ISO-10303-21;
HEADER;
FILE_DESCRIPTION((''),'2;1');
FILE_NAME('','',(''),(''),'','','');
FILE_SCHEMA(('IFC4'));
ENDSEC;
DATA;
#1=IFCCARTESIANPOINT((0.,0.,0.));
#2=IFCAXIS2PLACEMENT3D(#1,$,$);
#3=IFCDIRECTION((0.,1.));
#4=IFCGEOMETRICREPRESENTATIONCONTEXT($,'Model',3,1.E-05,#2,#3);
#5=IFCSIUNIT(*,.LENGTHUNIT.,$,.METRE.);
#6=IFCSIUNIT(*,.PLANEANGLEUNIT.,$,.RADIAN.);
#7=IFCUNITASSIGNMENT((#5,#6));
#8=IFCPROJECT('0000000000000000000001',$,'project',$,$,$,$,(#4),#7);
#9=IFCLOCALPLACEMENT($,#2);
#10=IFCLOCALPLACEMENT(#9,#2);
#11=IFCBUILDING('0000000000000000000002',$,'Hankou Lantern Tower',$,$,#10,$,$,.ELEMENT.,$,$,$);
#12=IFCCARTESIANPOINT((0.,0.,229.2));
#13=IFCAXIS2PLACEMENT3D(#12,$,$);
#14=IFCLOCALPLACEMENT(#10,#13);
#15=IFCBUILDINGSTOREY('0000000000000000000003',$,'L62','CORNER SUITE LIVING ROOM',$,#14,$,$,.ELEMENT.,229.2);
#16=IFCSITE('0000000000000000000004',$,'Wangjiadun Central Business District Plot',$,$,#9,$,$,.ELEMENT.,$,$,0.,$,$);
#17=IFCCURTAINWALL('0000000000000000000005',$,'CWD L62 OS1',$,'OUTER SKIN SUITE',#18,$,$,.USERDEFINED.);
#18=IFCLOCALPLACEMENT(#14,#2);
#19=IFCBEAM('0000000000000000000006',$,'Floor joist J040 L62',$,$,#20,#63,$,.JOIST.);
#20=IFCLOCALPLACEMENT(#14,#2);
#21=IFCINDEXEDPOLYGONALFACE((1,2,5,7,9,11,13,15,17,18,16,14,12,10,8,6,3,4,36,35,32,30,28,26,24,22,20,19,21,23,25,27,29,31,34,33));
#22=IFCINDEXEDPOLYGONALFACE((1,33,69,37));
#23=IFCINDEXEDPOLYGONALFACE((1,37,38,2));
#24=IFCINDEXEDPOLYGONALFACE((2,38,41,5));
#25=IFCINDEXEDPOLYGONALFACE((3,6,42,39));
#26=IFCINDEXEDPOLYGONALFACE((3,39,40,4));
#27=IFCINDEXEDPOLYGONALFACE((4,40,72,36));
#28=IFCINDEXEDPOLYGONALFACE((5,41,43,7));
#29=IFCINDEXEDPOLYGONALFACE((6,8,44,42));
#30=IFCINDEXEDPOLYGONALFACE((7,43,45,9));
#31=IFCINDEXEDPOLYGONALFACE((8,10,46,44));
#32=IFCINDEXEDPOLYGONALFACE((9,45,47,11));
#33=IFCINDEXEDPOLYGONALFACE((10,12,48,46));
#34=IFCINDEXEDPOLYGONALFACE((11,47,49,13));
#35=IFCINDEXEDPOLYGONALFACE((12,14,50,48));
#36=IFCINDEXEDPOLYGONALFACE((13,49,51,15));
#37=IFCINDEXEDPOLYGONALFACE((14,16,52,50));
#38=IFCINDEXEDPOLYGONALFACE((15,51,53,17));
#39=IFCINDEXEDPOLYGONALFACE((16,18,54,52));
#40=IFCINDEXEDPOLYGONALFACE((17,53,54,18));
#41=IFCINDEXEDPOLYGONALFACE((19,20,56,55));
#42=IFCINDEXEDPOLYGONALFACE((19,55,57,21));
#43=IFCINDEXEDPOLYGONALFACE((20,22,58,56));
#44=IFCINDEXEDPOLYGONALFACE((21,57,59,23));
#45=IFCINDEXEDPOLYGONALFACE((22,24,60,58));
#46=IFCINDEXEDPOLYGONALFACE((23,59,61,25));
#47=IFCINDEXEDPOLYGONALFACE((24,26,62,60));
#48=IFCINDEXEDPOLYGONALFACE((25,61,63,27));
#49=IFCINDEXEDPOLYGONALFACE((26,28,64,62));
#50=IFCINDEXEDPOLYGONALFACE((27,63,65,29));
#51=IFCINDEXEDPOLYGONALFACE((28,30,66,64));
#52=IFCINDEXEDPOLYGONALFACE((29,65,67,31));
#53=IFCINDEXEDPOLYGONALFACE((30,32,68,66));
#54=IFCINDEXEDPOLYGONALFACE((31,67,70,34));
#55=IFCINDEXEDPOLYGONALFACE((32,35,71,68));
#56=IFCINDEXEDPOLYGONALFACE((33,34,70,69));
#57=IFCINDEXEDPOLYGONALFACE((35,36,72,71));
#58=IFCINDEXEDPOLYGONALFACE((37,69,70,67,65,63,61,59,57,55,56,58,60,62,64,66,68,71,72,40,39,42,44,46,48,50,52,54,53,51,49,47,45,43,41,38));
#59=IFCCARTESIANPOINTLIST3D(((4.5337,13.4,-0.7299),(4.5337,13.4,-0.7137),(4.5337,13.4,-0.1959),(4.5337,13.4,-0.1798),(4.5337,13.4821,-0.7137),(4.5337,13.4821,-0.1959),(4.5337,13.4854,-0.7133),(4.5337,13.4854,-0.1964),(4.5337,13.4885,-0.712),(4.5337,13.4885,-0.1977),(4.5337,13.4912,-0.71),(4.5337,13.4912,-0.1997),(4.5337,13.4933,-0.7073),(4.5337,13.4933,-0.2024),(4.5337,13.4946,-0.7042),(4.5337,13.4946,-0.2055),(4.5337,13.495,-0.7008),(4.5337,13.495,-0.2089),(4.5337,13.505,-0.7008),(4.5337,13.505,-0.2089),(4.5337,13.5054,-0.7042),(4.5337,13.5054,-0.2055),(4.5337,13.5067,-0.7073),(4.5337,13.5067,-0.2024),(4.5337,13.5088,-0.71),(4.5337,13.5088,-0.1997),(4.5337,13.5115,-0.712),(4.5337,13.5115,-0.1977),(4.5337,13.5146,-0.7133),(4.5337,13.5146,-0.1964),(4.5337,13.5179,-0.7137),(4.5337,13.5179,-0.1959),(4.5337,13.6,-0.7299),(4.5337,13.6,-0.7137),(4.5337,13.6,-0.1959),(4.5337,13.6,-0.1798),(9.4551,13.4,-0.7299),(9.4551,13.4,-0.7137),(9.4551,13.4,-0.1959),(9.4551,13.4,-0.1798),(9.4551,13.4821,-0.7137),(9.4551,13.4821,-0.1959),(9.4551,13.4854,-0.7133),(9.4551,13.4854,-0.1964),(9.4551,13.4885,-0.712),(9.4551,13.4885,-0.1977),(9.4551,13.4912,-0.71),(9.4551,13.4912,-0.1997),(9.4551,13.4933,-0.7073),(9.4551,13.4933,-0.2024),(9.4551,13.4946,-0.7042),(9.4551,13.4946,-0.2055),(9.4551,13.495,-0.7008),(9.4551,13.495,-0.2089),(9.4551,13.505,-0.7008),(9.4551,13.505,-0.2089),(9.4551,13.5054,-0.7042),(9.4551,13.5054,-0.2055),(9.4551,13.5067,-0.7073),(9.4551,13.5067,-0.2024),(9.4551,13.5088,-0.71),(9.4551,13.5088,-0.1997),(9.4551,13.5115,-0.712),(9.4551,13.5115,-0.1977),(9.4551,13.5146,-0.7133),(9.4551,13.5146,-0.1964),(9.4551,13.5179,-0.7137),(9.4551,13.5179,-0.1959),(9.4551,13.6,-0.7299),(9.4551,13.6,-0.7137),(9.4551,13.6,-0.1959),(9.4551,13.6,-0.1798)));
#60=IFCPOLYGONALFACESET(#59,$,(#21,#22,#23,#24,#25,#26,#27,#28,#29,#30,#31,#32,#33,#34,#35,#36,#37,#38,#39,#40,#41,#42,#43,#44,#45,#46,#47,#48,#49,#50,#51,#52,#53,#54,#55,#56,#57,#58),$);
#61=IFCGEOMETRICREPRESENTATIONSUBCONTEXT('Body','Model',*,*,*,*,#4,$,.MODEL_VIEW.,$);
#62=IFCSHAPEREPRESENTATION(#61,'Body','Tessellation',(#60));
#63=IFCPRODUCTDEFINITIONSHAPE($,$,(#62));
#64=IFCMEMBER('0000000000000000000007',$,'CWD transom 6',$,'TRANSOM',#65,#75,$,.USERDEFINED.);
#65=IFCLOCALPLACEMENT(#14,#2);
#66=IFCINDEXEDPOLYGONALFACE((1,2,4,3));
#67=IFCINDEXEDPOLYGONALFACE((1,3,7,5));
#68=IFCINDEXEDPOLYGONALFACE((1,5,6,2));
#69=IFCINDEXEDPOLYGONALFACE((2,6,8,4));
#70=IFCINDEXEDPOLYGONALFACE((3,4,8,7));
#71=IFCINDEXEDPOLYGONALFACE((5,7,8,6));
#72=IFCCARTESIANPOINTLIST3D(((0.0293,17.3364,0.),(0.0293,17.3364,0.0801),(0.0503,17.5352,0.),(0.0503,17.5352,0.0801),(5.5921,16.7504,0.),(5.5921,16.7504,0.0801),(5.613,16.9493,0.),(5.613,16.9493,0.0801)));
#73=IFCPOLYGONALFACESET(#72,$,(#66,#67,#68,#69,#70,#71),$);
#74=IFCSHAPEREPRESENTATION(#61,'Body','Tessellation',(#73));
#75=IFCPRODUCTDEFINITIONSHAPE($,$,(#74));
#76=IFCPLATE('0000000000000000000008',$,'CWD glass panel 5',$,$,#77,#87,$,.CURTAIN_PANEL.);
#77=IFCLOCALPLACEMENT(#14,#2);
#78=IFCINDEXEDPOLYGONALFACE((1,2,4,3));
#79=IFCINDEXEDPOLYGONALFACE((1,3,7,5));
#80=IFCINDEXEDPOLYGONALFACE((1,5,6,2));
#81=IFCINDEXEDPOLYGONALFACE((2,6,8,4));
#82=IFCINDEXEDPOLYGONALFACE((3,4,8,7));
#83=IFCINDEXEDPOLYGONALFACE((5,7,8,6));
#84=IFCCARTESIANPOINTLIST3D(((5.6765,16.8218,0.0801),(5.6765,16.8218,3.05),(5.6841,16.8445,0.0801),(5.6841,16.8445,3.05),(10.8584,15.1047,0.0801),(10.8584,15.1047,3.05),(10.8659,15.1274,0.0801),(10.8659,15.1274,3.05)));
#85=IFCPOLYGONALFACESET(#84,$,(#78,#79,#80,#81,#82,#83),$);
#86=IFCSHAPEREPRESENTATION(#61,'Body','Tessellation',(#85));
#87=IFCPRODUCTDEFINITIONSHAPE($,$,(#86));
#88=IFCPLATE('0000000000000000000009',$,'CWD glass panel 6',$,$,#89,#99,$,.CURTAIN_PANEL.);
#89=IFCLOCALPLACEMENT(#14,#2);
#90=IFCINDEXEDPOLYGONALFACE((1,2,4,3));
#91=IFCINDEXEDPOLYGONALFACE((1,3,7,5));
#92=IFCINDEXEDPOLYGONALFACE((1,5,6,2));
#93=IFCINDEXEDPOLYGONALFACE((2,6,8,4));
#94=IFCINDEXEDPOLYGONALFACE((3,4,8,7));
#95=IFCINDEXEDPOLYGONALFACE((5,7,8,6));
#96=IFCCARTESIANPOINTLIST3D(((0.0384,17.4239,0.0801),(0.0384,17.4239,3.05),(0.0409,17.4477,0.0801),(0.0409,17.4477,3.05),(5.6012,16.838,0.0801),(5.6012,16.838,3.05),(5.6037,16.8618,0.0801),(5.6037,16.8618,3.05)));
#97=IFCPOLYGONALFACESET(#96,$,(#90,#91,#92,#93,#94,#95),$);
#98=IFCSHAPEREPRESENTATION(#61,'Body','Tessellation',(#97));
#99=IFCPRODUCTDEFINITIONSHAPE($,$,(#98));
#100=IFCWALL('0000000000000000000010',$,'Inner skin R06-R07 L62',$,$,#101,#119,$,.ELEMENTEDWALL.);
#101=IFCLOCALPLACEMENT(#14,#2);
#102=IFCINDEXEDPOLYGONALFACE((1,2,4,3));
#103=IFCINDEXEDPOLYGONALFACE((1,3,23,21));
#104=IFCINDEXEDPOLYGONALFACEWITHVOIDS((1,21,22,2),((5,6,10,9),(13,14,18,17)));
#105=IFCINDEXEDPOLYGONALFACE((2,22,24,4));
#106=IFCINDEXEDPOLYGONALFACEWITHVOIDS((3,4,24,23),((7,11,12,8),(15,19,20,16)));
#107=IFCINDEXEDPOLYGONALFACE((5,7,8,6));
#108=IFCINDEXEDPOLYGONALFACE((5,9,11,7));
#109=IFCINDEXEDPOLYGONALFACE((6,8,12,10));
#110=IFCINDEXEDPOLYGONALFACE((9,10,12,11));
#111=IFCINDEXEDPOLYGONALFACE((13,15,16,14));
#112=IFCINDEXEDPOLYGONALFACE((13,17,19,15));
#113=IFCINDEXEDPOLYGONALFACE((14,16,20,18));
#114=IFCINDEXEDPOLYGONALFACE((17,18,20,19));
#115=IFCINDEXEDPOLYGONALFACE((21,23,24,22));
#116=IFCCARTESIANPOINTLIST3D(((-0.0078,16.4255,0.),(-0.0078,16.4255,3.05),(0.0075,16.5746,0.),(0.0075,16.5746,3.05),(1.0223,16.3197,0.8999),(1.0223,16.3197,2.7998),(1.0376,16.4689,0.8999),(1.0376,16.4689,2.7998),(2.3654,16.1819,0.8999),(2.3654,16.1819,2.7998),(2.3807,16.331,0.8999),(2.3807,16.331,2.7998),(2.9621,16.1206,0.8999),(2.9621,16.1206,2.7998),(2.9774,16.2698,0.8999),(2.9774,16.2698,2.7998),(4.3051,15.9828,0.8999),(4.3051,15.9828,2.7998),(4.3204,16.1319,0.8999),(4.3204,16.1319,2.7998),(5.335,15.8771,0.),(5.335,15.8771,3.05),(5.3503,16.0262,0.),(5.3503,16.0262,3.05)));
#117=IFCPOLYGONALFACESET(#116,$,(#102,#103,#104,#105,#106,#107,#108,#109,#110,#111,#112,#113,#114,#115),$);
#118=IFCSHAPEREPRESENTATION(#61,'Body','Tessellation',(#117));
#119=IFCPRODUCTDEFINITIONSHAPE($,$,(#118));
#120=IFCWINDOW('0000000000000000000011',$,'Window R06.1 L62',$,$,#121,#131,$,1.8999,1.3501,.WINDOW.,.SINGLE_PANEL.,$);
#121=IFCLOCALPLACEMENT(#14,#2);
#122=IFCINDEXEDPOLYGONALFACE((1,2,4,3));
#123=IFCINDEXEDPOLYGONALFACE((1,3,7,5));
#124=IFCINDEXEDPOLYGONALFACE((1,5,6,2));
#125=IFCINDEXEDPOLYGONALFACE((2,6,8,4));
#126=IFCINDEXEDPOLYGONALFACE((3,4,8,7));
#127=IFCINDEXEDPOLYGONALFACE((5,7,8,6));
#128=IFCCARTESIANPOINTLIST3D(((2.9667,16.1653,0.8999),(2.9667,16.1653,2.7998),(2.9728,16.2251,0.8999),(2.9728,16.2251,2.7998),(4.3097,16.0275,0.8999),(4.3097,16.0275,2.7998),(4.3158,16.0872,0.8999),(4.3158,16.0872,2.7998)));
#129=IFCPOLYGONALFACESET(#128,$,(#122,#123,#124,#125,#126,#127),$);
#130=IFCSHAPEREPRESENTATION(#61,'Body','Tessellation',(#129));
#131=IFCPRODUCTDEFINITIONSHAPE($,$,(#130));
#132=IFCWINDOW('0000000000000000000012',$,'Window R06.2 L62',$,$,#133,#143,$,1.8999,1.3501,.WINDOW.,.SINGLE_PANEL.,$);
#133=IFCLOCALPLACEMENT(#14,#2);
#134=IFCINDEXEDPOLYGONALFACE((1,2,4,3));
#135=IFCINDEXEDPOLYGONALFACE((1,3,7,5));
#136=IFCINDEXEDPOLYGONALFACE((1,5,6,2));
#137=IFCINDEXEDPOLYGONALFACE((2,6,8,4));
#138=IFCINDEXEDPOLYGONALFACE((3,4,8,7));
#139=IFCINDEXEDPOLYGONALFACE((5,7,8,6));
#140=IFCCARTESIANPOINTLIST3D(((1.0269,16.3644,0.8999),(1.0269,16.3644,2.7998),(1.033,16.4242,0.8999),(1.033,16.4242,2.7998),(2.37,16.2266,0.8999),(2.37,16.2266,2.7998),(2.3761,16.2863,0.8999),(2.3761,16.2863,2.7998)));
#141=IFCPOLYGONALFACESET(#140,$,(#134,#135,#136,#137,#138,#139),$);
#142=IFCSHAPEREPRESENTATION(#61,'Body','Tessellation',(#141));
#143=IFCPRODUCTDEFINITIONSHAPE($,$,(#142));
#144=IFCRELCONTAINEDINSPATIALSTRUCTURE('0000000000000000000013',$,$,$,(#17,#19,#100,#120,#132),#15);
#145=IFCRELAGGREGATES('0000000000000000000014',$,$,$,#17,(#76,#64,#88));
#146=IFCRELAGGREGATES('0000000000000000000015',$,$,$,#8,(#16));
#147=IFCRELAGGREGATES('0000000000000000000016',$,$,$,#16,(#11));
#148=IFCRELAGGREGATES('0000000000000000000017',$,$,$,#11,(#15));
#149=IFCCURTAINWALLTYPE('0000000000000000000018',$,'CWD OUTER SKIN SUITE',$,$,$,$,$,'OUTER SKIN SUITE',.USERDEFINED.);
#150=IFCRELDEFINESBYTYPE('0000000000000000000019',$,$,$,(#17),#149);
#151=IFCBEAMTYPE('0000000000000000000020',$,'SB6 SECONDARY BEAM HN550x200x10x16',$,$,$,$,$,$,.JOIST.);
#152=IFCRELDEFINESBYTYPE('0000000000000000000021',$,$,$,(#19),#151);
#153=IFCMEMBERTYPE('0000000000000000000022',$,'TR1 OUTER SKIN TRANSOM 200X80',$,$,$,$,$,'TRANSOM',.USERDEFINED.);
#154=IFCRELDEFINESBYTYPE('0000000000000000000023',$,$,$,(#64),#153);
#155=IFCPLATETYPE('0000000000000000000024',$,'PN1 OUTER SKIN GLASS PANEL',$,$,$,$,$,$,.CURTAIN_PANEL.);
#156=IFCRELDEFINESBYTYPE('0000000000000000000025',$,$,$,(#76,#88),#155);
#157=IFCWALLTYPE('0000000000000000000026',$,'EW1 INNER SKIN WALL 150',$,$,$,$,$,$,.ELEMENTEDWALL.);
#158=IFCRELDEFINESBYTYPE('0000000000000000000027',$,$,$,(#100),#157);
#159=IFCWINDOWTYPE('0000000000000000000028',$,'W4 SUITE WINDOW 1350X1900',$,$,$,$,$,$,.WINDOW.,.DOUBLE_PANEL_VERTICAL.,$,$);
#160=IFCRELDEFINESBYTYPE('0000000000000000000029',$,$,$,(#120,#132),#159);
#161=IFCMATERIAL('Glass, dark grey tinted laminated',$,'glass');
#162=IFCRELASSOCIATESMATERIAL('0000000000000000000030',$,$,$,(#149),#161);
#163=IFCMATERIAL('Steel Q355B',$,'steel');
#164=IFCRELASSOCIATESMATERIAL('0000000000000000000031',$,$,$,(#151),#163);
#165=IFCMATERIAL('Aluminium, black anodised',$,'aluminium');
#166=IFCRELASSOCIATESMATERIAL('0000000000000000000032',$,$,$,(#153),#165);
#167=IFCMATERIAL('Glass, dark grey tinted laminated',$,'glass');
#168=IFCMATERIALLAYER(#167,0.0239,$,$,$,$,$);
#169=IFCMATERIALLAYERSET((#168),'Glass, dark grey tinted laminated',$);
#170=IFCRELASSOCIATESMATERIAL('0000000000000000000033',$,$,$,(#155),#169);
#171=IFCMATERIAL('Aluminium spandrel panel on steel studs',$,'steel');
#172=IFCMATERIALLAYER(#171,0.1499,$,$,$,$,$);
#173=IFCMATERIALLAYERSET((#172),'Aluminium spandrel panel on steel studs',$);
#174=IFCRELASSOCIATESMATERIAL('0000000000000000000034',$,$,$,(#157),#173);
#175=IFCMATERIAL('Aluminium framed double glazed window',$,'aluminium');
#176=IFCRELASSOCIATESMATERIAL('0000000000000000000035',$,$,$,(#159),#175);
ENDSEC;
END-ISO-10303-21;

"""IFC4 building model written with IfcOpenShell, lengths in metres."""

from ifc_helpers import new_model, si_unit, direction, frame, frame_2d, origin, origin_2d, place, context, subcontext, project, spatial, rectangle, i_section, extrude, material, layer, layer_set, material_profile, profile_set, type_object, element, fill, aggregate, save


model = new_model("IFC4")

# Units and contexts
model_context = context("Model", 3, precision=1e-05, world=origin(), true_north=direction((0.0, 1.0)))
body_context = subcontext(model_context, "Body", "Model", "MODEL_VIEW")
ifc_project = project(units=[si_unit("LENGTHUNIT", "METRE"), si_unit("PLANEANGLEUNIT", "RADIAN")], contexts=[model_context])

# Site, building, storey
site_placement = place(None, origin())
site = spatial("IfcSite", under=ifc_project, at=site_placement, Name="Wangjiadun Central Business District Plot", CompositionType="ELEMENT", RefElevation=0.0)
building_placement = place(site_placement, origin())
building = spatial("IfcBuilding", under=site, at=building_placement, Name="Hankou Lantern Tower", CompositionType="ELEMENT")
storey_placement = place(building_placement, frame((0.0, 0.0, 229.2)))
storey = spatial("IfcBuildingStorey", under=building, at=storey_placement, Name="L62", Description="CORNER SUITE LIVING ROOM", CompositionType="ELEMENT", Elevation=229.2)

# Curtain wall
ifc_material_1 = material(Name="Glass, dark grey tinted laminated", Category="glass")
curtain_wall_type = type_object("IfcCurtainWallType", Name="CWD OUTER SKIN SUITE", ElementType="OUTER SKIN SUITE", PredefinedType="USERDEFINED", material=ifc_material_1)
curtain_wall_1_placement = place(storey_placement, origin())
curtain_wall_1 = element("IfcCurtainWall", 1, at=curtain_wall_1_placement, inside=storey, type_object=curtain_wall_type, Name="CWD L62 OS1", ObjectType="OUTER SKIN SUITE", PredefinedType="USERDEFINED")

# Beam
ifc_material_2 = material(Name="Steel Q355B", Category="steel")
ifc_material_profile_1 = material_profile(ifc_material_2, i_section(OverallWidth=0.2, OverallDepth=0.55, WebThickness=0.01, FlangeThickness=0.0161, FilletRadius=0.0129, at=origin_2d()), Name="HN550x200x10x16")
ifc_profile_set_1 = profile_set([ifc_material_profile_1], Name="Steel Q355B")
beam_type_1 = type_object("IfcBeamType", Name="SB6 SECONDARY BEAM HN550x200x10x16", PredefinedType="JOIST", material=ifc_profile_set_1)
beam_1_placement = place(storey_placement, frame((4.5337, 13.5, -0.4548), z_axis=(1.0, 0.0, 0.0), x_axis=(0.0, 1.0, 0.0)))
element("IfcBeam", 2, at=beam_1_placement, inside=storey, type_object=beam_type_1, Name="Floor joist J040 L62", PredefinedType="JOIST", context=body_context, shape_type="SweptSolid", body=[
    extrude(i_section(OverallWidth=0.2, OverallDepth=0.55, WebThickness=0.01, FlangeThickness=0.0161, FilletRadius=0.0129, at=origin_2d()), origin(), (0.0, 0.0, 1.0), 4.9214),
])

# Member
ifc_material_3 = material(Name="Aluminium, black anodised", Category="aluminium")
ifc_material_profile_2 = material_profile(ifc_material_3, rectangle(XDim=0.2, YDim=0.0801, at=origin_2d()), Name="TR1 200X80")
ifc_profile_set_2 = profile_set([ifc_material_profile_2], Name="Aluminium, black anodised")
member_type_1 = type_object("IfcMemberType", Name="TR1 OUTER SKIN TRANSOM 200X80", ElementType="TRANSOM", PredefinedType="USERDEFINED", material=ifc_profile_set_2)
member_1_placement = place(storey_placement, frame((5.6025, 16.8499, 0.04), z_axis=(-0.994498, 0.104753, 0.0), x_axis=(-0.104753, -0.994498, 0.0)))
member_1 = element("IfcMember", 3, at=member_1_placement, type_object=member_type_1, Name="CWD transom 6", ObjectType="TRANSOM", PredefinedType="USERDEFINED", context=body_context, shape_type="SweptSolid", body=[
    extrude(rectangle(XDim=0.2, YDim=0.0801, at=origin_2d()), origin(), (0.0, 0.0, 1.0), 5.5935),
])

# Plates
ifc_material_4 = material(Name="Glass, dark grey tinted laminated", Category="glass")
ifc_layer_1 = layer(ifc_material_4, 0.0239)
ifc_layer_set_1 = layer_set([ifc_layer_1], Name="Glass, dark grey tinted laminated")
plate_type = type_object("IfcPlateType", Name="PN1 OUTER SKIN GLASS PANEL", PredefinedType="CURTAIN_PANEL", material=ifc_layer_set_1)
plate_1_placement = place(storey_placement, frame((8.2712, 15.9746, 0.0801), z_axis=(0.0, 0.0, 1.0), x_axis=(-0.949241, 0.314551, 0.0)))
plate_1 = element("IfcPlate", 4, at=plate_1_placement, type_object=plate_type, Name="CWD glass panel 5", PredefinedType="CURTAIN_PANEL", context=body_context, shape_type="SweptSolid", body=[
    extrude(rectangle(XDim=5.459, YDim=0.0239, at=origin_2d()), origin(), (0.0, 0.0, 1.0), 2.97),
])
plate_2_placement = place(storey_placement, frame((2.821, 17.1428, 0.0801), z_axis=(0.0, 0.0, 1.0), x_axis=(-0.994499, 0.104743, 0.0)))
plate_2 = element("IfcPlate", 5, at=plate_2_placement, type_object=plate_type, Name="CWD glass panel 6", PredefinedType="CURTAIN_PANEL", context=body_context, shape_type="SweptSolid", body=[
    extrude(rectangle(XDim=5.5935, YDim=0.0239, at=origin_2d()), origin(), (0.0, 0.0, 1.0), 2.97),
])
aggregate(curtain_wall_1, [plate_1, member_1, plate_2])

# Wall, openings, windows
ifc_material_5 = material(Name="Aluminium spandrel panel on steel studs", Category="steel")
ifc_layer_2 = layer(ifc_material_5, 0.1499)
ifc_layer_set_2 = layer_set([ifc_layer_2], Name="Aluminium spandrel panel on steel studs")
wall_type_1 = type_object("IfcWallType", Name="EW1 INNER SKIN WALL 150", PredefinedType="ELEMENTEDWALL", material=ifc_layer_set_2)
wall_1_placement = place(storey_placement, frame((5.3428, 15.9517, 0.0), z_axis=(0.0, 0.0, 1.0), x_axis=(-0.994775, 0.102096, 0.0)))
wall_1 = element("IfcWall", 6, at=wall_1_placement, inside=storey, type_object=wall_type_1, Name="Inner skin R06-R07 L62", PredefinedType="ELEMENTEDWALL", context=body_context, shape_type="SweptSolid", body=[
    extrude(rectangle(XDim=5.3708, YDim=0.1499, at=frame_2d((2.6855, 0.0))), origin(), (0.0, 0.0, 1.0), 3.05),
])
opening_1_placement = place(wall_1_placement, frame((1.0354, 0.0, 0.8999)))
opening_1 = element("IfcOpeningElement", 7, at=opening_1_placement, cuts=wall_1, PredefinedType="OPENING", context=body_context, shape_type="SweptSolid", body=[
    extrude(rectangle(XDim=1.3501, YDim=1.8999, at=frame_2d((0.675, 0.95))), frame((0.0, 0.085, 0.0), z_axis=(0.0, -1.0, 0.0), x_axis=(1.0, 0.0, 0.0)), (0.0, 0.0, 1.0), 0.1699),
])
opening_2_placement = place(wall_1_placement, frame((2.9854, 0.0, 0.8999)))
opening_2 = element("IfcOpeningElement", 8, at=opening_2_placement, cuts=wall_1, PredefinedType="OPENING", context=body_context, shape_type="SweptSolid", body=[
    extrude(rectangle(XDim=1.3501, YDim=1.8999, at=frame_2d((0.675, 0.95))), frame((0.0, 0.085, 0.0), z_axis=(0.0, -1.0, 0.0), x_axis=(1.0, 0.0, 0.0)), (0.0, 0.0, 1.0), 0.1699),
])
ifc_material_6 = material(Name="Aluminium framed double glazed window", Category="aluminium")
window_type = type_object("IfcWindowType", Name="W4 SUITE WINDOW 1350X1900", PartitioningType="DOUBLE_PANEL_VERTICAL", PredefinedType="WINDOW", material=ifc_material_6)
window_1_placement = place(opening_1_placement, origin())
window_1 = element("IfcWindow", 9, at=window_1_placement, inside=storey, type_object=window_type, Name="Window R06.1 L62", OverallHeight=1.8999, OverallWidth=1.3501, PartitioningType="SINGLE_PANEL", PredefinedType="WINDOW", context=body_context, shape_type="SweptSolid", body=[
    extrude(rectangle(XDim=1.3501, YDim=1.8999, at=frame_2d((0.675, 0.95))), frame((0.0, 0.03, 0.0), z_axis=(0.0, -1.0, 0.0), x_axis=(1.0, 0.0, 0.0)), (0.0, 0.0, 1.0), 0.0601),
])
fill(opening_1, window_1)
window_2_placement = place(opening_2_placement, origin())
window_2 = element("IfcWindow", 10, at=window_2_placement, inside=storey, type_object=window_type, Name="Window R06.2 L62", OverallHeight=1.8999, OverallWidth=1.3501, PartitioningType="SINGLE_PANEL", PredefinedType="WINDOW", context=body_context, shape_type="SweptSolid", body=[
    extrude(rectangle(XDim=1.3501, YDim=1.8999, at=frame_2d((0.675, 0.95))), frame((0.0, 0.03, 0.0), z_axis=(0.0, -1.0, 0.0), x_axis=(1.0, 0.0, 0.0)), (0.0, 0.0, 1.0), 0.0601),
])
fill(opening_2, window_2)

save(model, "model.ifc")
